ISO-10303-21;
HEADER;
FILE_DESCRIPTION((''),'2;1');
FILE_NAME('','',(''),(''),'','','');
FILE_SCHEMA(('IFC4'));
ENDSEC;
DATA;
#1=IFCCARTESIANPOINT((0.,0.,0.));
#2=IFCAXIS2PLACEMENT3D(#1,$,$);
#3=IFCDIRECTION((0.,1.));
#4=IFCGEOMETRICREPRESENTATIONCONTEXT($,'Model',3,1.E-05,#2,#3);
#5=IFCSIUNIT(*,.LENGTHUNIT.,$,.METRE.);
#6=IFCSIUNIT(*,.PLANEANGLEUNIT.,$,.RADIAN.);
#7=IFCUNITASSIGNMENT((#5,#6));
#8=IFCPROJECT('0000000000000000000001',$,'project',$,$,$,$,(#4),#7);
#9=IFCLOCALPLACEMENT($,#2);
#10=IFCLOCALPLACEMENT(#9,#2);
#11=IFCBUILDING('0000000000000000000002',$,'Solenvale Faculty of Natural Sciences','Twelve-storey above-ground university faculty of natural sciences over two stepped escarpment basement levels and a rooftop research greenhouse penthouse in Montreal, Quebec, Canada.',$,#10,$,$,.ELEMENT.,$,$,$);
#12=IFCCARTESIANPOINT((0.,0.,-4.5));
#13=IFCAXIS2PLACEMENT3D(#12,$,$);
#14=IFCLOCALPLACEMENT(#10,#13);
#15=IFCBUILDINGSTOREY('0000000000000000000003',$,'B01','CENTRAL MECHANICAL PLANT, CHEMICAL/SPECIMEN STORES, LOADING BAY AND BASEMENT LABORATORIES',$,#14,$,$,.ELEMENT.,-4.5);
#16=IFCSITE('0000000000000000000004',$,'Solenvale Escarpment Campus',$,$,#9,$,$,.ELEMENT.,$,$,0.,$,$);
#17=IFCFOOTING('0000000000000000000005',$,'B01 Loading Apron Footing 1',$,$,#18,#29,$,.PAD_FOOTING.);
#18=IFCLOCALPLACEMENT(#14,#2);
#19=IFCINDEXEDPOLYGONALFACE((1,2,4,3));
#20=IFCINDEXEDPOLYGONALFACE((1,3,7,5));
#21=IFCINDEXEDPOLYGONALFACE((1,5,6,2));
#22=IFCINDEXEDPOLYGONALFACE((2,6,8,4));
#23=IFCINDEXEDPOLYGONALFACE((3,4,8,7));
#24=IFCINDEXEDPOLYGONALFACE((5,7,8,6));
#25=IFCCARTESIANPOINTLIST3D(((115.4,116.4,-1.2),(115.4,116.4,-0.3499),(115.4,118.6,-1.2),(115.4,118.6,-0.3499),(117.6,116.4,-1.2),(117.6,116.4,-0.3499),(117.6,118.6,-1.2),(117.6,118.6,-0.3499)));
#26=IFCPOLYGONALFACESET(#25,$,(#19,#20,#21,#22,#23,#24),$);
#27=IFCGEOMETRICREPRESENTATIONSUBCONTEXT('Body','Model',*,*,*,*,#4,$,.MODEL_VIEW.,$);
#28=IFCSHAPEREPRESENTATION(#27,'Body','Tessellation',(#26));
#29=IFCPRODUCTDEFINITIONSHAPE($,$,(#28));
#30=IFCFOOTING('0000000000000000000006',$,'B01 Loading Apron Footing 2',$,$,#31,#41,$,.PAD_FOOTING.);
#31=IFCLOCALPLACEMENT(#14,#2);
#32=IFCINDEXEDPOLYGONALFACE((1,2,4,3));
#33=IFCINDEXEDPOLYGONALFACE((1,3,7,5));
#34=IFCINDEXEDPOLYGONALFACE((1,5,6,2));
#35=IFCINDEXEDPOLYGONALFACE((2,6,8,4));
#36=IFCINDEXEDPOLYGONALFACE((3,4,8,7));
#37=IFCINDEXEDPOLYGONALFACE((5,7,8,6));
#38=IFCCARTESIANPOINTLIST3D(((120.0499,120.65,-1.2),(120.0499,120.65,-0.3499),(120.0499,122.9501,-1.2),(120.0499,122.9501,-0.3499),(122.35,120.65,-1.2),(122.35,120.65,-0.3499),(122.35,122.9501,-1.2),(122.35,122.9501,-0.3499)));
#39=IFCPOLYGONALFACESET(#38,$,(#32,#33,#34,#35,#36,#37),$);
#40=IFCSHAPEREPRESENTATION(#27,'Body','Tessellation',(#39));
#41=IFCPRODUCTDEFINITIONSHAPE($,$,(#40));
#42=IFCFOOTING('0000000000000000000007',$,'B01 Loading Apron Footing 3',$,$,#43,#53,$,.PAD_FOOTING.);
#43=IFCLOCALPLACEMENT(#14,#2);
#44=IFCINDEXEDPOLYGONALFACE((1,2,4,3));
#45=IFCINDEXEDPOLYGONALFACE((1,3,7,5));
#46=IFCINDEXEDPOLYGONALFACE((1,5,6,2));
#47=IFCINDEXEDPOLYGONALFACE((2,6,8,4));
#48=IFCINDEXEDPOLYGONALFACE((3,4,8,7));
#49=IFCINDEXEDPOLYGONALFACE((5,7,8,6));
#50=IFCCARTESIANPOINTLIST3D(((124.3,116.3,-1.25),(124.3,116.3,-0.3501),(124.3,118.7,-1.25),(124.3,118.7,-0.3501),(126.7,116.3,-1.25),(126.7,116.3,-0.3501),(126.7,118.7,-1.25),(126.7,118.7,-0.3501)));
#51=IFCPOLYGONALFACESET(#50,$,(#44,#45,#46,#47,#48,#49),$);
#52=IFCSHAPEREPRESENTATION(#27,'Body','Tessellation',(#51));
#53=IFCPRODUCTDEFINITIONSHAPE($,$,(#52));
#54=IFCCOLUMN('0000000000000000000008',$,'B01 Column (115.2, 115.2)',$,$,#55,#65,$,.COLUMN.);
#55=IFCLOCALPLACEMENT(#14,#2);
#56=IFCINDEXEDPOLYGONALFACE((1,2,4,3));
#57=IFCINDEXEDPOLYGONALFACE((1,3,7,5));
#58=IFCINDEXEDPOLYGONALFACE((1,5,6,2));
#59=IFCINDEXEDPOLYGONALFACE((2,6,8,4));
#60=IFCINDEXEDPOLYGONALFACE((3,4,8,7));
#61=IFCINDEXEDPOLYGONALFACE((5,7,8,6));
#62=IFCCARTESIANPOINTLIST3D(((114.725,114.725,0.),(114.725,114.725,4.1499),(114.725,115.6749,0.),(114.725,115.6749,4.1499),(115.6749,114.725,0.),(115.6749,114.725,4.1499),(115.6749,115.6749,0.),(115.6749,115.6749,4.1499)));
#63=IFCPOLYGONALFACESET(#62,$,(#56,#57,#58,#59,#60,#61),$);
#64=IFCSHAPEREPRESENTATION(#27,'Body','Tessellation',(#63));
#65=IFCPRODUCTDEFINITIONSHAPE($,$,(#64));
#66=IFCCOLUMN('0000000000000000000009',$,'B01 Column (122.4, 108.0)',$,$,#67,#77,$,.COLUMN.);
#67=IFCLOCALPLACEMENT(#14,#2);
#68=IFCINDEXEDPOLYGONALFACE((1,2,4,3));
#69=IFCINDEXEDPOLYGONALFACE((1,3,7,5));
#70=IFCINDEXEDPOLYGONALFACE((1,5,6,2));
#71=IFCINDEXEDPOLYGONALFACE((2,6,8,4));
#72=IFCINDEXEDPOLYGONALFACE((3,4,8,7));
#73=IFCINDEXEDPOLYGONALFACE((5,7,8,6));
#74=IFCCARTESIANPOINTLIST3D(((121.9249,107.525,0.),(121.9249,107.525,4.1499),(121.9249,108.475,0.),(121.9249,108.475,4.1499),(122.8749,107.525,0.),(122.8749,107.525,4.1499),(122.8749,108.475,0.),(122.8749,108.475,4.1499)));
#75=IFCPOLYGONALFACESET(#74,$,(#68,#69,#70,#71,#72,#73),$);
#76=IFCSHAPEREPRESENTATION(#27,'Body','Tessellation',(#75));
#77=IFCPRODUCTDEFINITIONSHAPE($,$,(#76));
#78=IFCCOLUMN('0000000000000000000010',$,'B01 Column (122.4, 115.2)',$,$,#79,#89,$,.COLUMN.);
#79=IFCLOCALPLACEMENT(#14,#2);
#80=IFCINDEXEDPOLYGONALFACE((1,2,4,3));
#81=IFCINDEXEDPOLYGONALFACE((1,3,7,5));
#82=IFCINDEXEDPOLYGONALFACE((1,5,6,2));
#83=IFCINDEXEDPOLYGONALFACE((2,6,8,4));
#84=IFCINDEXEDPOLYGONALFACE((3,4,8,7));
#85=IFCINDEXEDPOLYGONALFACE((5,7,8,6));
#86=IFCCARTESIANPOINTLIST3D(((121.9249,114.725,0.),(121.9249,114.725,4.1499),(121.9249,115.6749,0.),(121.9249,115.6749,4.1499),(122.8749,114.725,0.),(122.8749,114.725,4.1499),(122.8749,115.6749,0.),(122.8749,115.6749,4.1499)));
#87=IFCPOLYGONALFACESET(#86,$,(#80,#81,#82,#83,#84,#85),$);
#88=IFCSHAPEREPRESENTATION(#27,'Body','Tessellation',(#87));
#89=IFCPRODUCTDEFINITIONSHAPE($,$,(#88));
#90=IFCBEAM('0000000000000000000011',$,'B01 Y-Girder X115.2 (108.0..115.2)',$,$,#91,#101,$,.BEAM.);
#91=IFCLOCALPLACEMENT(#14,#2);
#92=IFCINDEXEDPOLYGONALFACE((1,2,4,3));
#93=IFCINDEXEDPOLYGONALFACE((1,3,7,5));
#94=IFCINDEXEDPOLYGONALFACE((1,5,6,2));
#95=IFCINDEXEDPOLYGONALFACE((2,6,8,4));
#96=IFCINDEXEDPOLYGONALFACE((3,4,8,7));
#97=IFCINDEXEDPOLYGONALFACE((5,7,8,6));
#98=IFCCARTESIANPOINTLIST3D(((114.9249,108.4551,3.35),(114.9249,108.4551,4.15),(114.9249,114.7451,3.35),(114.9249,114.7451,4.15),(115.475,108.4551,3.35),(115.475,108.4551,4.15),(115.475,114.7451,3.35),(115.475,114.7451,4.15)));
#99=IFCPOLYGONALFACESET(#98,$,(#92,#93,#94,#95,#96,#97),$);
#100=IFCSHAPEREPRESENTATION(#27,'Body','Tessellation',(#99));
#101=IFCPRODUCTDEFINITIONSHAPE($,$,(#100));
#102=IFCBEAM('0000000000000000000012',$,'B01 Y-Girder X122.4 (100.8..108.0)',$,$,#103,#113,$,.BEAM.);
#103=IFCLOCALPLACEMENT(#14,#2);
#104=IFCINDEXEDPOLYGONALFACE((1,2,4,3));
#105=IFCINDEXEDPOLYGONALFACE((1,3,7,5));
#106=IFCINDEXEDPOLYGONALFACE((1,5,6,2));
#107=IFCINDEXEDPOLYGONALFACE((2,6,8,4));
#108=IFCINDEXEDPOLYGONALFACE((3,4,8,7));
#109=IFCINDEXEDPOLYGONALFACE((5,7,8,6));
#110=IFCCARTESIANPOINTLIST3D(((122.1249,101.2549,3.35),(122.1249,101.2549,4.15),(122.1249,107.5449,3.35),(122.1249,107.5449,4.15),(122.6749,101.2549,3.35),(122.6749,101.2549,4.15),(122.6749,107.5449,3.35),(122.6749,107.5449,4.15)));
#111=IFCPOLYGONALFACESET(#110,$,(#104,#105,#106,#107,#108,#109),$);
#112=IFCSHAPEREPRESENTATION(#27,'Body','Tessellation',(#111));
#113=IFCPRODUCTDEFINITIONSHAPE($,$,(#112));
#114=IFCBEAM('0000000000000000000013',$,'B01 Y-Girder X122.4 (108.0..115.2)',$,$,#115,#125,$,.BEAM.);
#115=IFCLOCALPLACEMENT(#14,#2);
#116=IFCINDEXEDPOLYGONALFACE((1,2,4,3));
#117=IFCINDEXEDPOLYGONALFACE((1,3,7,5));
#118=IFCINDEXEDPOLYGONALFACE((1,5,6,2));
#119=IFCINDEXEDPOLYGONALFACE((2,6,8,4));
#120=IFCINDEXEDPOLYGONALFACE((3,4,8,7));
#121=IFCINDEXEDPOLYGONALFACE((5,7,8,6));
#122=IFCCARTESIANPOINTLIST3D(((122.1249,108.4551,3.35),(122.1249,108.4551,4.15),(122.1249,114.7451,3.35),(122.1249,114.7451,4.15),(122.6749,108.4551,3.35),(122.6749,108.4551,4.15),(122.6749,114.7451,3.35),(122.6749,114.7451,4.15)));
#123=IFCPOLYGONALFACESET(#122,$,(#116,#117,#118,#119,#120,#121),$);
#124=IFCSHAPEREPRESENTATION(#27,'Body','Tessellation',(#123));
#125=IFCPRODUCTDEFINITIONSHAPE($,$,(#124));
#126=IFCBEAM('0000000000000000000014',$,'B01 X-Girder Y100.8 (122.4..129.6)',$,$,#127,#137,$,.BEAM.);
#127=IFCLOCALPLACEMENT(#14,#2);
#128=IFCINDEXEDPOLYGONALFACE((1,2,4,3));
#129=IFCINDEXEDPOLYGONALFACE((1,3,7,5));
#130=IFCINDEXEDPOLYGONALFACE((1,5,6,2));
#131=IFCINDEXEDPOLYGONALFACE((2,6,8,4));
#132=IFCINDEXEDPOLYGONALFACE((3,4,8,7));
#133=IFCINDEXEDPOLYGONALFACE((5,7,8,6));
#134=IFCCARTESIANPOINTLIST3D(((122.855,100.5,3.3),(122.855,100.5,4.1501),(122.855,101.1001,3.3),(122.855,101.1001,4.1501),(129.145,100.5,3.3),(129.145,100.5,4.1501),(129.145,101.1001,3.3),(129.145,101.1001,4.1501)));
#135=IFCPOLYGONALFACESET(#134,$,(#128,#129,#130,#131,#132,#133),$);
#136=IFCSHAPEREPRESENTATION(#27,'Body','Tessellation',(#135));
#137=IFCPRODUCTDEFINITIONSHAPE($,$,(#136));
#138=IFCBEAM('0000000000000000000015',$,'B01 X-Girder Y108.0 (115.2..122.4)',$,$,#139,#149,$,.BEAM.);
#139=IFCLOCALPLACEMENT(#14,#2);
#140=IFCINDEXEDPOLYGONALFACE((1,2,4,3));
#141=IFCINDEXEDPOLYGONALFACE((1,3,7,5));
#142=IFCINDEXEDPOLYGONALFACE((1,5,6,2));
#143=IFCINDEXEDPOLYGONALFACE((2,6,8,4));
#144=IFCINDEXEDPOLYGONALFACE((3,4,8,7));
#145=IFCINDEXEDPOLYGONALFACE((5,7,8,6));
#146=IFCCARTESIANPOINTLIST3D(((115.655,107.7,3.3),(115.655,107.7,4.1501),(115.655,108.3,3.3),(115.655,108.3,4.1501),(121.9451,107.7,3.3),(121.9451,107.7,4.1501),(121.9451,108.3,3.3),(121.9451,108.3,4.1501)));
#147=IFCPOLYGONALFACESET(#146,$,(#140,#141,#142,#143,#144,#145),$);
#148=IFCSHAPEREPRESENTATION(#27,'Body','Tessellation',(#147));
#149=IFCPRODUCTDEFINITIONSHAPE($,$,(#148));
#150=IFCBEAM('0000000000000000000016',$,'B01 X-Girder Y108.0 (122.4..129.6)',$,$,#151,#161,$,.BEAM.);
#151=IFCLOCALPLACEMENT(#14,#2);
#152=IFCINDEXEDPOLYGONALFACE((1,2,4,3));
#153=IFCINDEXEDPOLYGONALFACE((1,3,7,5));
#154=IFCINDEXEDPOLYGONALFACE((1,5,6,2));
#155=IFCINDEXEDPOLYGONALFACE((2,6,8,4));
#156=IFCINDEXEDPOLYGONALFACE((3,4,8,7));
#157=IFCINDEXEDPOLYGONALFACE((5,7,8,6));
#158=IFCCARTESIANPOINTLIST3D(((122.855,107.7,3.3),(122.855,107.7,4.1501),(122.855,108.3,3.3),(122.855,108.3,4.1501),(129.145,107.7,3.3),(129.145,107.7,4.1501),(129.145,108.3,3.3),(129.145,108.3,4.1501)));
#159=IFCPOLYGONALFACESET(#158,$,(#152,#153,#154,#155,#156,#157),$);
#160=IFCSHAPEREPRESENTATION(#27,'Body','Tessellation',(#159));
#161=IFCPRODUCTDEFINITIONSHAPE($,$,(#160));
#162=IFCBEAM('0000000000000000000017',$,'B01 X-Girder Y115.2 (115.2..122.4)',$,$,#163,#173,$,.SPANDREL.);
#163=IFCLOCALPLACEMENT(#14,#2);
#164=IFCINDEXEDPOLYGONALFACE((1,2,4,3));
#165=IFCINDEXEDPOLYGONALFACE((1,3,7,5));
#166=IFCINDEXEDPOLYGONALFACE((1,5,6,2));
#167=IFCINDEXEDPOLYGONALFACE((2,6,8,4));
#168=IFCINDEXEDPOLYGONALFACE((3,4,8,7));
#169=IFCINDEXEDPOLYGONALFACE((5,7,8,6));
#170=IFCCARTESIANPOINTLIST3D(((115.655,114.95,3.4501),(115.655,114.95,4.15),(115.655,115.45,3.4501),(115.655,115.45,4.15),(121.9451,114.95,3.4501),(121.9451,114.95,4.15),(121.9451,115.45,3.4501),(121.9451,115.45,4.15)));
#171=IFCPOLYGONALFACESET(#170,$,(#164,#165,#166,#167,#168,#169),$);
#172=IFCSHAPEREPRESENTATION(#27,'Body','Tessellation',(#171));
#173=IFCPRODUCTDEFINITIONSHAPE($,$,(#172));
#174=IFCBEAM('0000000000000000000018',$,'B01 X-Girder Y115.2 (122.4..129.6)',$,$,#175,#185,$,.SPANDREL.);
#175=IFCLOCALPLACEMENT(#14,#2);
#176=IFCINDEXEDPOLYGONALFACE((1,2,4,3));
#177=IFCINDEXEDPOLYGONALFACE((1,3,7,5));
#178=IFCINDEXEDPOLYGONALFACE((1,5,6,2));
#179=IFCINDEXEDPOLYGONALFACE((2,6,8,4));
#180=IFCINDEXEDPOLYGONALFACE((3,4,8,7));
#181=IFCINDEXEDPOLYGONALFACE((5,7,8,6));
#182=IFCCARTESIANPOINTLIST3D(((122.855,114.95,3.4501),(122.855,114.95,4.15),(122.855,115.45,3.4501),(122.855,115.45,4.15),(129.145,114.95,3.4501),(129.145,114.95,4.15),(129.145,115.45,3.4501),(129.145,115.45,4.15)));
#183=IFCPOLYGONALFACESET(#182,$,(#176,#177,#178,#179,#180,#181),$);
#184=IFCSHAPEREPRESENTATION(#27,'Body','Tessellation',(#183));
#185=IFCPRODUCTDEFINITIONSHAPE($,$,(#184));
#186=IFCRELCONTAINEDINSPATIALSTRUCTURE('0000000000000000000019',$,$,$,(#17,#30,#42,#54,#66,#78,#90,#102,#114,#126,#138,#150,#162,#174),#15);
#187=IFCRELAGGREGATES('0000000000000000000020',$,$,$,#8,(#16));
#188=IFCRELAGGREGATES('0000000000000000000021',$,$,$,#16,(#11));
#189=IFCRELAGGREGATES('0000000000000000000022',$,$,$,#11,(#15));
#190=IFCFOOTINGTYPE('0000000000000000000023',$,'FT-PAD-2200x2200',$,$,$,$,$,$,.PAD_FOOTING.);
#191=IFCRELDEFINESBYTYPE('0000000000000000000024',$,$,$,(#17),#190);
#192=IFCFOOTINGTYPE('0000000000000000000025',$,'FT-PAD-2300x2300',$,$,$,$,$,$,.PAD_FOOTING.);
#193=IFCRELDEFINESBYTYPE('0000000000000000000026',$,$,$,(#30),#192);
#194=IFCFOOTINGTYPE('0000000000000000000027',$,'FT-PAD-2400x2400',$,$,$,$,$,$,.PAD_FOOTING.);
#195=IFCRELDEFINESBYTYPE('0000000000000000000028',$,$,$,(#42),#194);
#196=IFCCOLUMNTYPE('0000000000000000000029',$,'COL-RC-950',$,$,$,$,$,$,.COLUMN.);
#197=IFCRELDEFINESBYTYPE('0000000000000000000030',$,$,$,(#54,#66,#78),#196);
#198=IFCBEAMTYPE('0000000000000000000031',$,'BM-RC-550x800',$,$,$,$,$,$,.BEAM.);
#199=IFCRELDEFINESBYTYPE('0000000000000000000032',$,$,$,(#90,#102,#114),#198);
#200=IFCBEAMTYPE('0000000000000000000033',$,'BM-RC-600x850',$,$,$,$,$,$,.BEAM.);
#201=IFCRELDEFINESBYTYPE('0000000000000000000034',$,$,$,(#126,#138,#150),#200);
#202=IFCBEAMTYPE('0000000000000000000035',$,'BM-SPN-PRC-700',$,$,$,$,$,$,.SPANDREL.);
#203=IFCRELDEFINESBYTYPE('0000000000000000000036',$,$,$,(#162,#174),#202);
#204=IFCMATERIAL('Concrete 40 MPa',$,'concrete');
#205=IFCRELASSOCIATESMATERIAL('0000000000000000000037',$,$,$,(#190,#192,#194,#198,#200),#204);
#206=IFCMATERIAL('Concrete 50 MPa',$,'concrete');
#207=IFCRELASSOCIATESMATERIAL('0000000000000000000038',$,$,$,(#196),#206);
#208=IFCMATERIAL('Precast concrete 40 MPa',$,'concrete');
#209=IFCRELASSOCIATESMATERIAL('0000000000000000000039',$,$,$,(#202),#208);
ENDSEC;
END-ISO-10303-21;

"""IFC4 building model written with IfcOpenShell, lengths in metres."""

from ifc_helpers import new_model, si_unit, direction, frame, origin, origin_2d, place, context, subcontext, project, spatial, rectangle, extrude, material, material_profile, profile_set, type_object, element, save


model = new_model("IFC4")

# Units and contexts
model_context = context("Model", 3, precision=1e-05, world=origin(), true_north=direction((0.0, 1.0)))
body_context = subcontext(model_context, "Body", "Model", "MODEL_VIEW")
ifc_project = project(units=[si_unit("LENGTHUNIT", "METRE"), si_unit("PLANEANGLEUNIT", "RADIAN")], contexts=[model_context])

# Site, building, storey
site_placement = place(None, origin())
site = spatial("IfcSite", under=ifc_project, at=site_placement, Name="Solenvale Escarpment Campus", CompositionType="ELEMENT", RefElevation=0.0)
building_placement = place(site_placement, origin())
building = spatial("IfcBuilding", under=site, at=building_placement, Name="Solenvale Faculty of Natural Sciences", Description="Twelve-storey above-ground university faculty of natural sciences over two stepped escarpment basement levels and a rooftop research greenhouse penthouse in Montreal, Quebec, Canada.", CompositionType="ELEMENT")
storey_placement = place(building_placement, frame((0.0, 0.0, -4.5)))
storey = spatial("IfcBuildingStorey", under=building, at=storey_placement, Name="B01", Description="CENTRAL MECHANICAL PLANT, CHEMICAL/SPECIMEN STORES, LOADING BAY AND BASEMENT LABORATORIES", CompositionType="ELEMENT", Elevation=-4.5)

# Footings
ifc_material_1 = material(Name="Concrete 40 MPa", Category="concrete")
footing_type_1 = type_object("IfcFootingType", Name="FT-PAD-2200x2200", PredefinedType="PAD_FOOTING", material=ifc_material_1)
footing_1_placement = place(storey_placement, frame((116.5, 117.5, -1.2), z_axis=(0.0, 0.0, 1.0), x_axis=(1.0, 0.0, 0.0)))
element("IfcFooting", 1, at=footing_1_placement, inside=storey, type_object=footing_type_1, Name="B01 Loading Apron Footing 1", PredefinedType="PAD_FOOTING", context=body_context, shape_type="SweptSolid", body=[
    extrude(rectangle(XDim=2.2, YDim=2.2, at=origin_2d()), origin(), (0.0, 0.0, 1.0), 0.8501),
])
footing_type_2 = type_object("IfcFootingType", Name="FT-PAD-2300x2300", PredefinedType="PAD_FOOTING", material=ifc_material_1)
footing_2_placement = place(storey_placement, frame((121.2, 121.8, -1.2), z_axis=(0.0, 0.0, 1.0), x_axis=(1.0, 0.0, 0.0)))
element("IfcFooting", 2, at=footing_2_placement, inside=storey, type_object=footing_type_2, Name="B01 Loading Apron Footing 2", PredefinedType="PAD_FOOTING", context=body_context, shape_type="SweptSolid", body=[
    extrude(rectangle(XDim=2.3, YDim=2.3, at=origin_2d()), origin(), (0.0, 0.0, 1.0), 0.8501),
])
footing_type_3 = type_object("IfcFootingType", Name="FT-PAD-2400x2400", PredefinedType="PAD_FOOTING", material=ifc_material_1)
footing_3_placement = place(storey_placement, frame((125.5, 117.5, -1.25), z_axis=(0.0, 0.0, 1.0), x_axis=(1.0, 0.0, 0.0)))
element("IfcFooting", 3, at=footing_3_placement, inside=storey, type_object=footing_type_3, Name="B01 Loading Apron Footing 3", PredefinedType="PAD_FOOTING", context=body_context, shape_type="SweptSolid", body=[
    extrude(rectangle(XDim=2.3999, YDim=2.3999, at=origin_2d()), origin(), (0.0, 0.0, 1.0), 0.8999),
])

# Columns
ifc_material_2 = material(Name="Concrete 50 MPa", Category="concrete")
ifc_material_profile_1 = material_profile(ifc_material_2, rectangle(XDim=0.95, YDim=0.95, at=origin_2d()), Name="RC-COL-950x950")
ifc_profile_set_1 = profile_set([ifc_material_profile_1], Name="Concrete 50 MPa")
column_type = type_object("IfcColumnType", Name="COL-RC-950", PredefinedType="COLUMN", material=ifc_profile_set_1)
for number, where, z_axis, x_axis, name in (
    (4, (115.2, 115.2, 0.0), (0.0, 0.0, 1.0), (1.0, 0.0, 0.0), "B01 Column (115.2, 115.2)"),
    (5, (122.3999, 108.0, 0.0), (0.0, 0.0, 1.0), (1.0, 0.0, 0.0), "B01 Column (122.4, 108.0)"),
    (6, (122.3999, 115.2, 0.0), (0.0, 0.0, 1.0), (1.0, 0.0, 0.0), "B01 Column (122.4, 115.2)"),
):
    element("IfcColumn", number, at=place(storey_placement, frame(where, z_axis=z_axis, x_axis=x_axis)), inside=storey, type_object=column_type, Name=name, PredefinedType="COLUMN", context=body_context, shape_type="SweptSolid", body=[
        extrude(rectangle(XDim=0.95, YDim=0.95, at=origin_2d()), origin(), (0.0, 0.0, 1.0), 4.1499),
    ])

# Beams
ifc_material_profile_2 = material_profile(ifc_material_1, rectangle(XDim=0.55, YDim=0.8, at=origin_2d()), Name="RC-BM-550x800")
ifc_profile_set_2 = profile_set([ifc_material_profile_2], Name="Concrete 40 MPa")
beam_type_1 = type_object("IfcBeamType", Name="BM-RC-550x800", PredefinedType="BEAM", material=ifc_profile_set_2)
for number, where, z_axis, x_axis, name in (
    (7, (115.2, 108.4551, 3.75), (0.0, 1.0, 0.0), (-1.0, 0.0, 0.0), "B01 Y-Girder X115.2 (108.0..115.2)"),
    (8, (122.3999, 101.2549, 3.75), (0.0, 1.0, 0.0), (-1.0, 0.0, 0.0), "B01 Y-Girder X122.4 (100.8..108.0)"),
    (9, (122.3999, 108.4551, 3.75), (0.0, 1.0, 0.0), (-1.0, 0.0, 0.0), "B01 Y-Girder X122.4 (108.0..115.2)"),
):
    element("IfcBeam", number, at=place(storey_placement, frame(where, z_axis=z_axis, x_axis=x_axis)), inside=storey, type_object=beam_type_1, Name=name, PredefinedType="BEAM", context=body_context, shape_type="SweptSolid", body=[
        extrude(rectangle(XDim=0.55, YDim=0.8, at=origin_2d()), origin(), (0.0, 0.0, 1.0), 6.29),
    ])
ifc_material_profile_3 = material_profile(ifc_material_1, rectangle(XDim=0.6001, YDim=0.8501, at=origin_2d()), Name="RC-BM-600x850")
ifc_profile_set_3 = profile_set([ifc_material_profile_3], Name="Concrete 40 MPa")
beam_type_2 = type_object("IfcBeamType", Name="BM-RC-600x850", PredefinedType="BEAM", material=ifc_profile_set_3)
for number, where, z_axis, x_axis, name in (
    (10, (122.855, 100.8, 3.7251), (1.0, 0.0, 0.0), (0.0, 1.0, 0.0), "B01 X-Girder Y100.8 (122.4..129.6)"),
    (11, (115.655, 108.0, 3.7251), (1.0, 0.0, 0.0), (0.0, 1.0, 0.0), "B01 X-Girder Y108.0 (115.2..122.4)"),
    (12, (122.855, 108.0, 3.7251), (1.0, 0.0, 0.0), (0.0, 1.0, 0.0), "B01 X-Girder Y108.0 (122.4..129.6)"),
):
    element("IfcBeam", number, at=place(storey_placement, frame(where, z_axis=z_axis, x_axis=x_axis)), inside=storey, type_object=beam_type_2, Name=name, PredefinedType="BEAM", context=body_context, shape_type="SweptSolid", body=[
        extrude(rectangle(XDim=0.6001, YDim=0.8501, at=origin_2d()), origin(), (0.0, 0.0, 1.0), 6.29),
    ])
ifc_material_3 = material(Name="Precast concrete 40 MPa", Category="concrete")
ifc_material_profile_4 = material_profile(ifc_material_3, rectangle(XDim=0.5, YDim=0.7, at=origin_2d()), Name="RC-BM-500x700")
ifc_profile_set_4 = profile_set([ifc_material_profile_4], Name="Precast concrete 40 MPa")
beam_type_3 = type_object("IfcBeamType", Name="BM-SPN-PRC-700", PredefinedType="SPANDREL", material=ifc_profile_set_4)
for number, where, z_axis, x_axis, name in (
    (13, (115.655, 115.2, 3.8), (1.0, 0.0, 0.0), (0.0, 1.0, 0.0), "B01 X-Girder Y115.2 (115.2..122.4)"),
    (14, (122.855, 115.2, 3.8), (1.0, 0.0, 0.0), (0.0, 1.0, 0.0), "B01 X-Girder Y115.2 (122.4..129.6)"),
):
    element("IfcBeam", number, at=place(storey_placement, frame(where, z_axis=z_axis, x_axis=x_axis)), inside=storey, type_object=beam_type_3, Name=name, PredefinedType="SPANDREL", context=body_context, shape_type="SweptSolid", body=[
        extrude(rectangle(XDim=0.5, YDim=0.7, at=origin_2d()), origin(), (0.0, 0.0, 1.0), 6.29),
    ])

save(model, "model.ifc")
